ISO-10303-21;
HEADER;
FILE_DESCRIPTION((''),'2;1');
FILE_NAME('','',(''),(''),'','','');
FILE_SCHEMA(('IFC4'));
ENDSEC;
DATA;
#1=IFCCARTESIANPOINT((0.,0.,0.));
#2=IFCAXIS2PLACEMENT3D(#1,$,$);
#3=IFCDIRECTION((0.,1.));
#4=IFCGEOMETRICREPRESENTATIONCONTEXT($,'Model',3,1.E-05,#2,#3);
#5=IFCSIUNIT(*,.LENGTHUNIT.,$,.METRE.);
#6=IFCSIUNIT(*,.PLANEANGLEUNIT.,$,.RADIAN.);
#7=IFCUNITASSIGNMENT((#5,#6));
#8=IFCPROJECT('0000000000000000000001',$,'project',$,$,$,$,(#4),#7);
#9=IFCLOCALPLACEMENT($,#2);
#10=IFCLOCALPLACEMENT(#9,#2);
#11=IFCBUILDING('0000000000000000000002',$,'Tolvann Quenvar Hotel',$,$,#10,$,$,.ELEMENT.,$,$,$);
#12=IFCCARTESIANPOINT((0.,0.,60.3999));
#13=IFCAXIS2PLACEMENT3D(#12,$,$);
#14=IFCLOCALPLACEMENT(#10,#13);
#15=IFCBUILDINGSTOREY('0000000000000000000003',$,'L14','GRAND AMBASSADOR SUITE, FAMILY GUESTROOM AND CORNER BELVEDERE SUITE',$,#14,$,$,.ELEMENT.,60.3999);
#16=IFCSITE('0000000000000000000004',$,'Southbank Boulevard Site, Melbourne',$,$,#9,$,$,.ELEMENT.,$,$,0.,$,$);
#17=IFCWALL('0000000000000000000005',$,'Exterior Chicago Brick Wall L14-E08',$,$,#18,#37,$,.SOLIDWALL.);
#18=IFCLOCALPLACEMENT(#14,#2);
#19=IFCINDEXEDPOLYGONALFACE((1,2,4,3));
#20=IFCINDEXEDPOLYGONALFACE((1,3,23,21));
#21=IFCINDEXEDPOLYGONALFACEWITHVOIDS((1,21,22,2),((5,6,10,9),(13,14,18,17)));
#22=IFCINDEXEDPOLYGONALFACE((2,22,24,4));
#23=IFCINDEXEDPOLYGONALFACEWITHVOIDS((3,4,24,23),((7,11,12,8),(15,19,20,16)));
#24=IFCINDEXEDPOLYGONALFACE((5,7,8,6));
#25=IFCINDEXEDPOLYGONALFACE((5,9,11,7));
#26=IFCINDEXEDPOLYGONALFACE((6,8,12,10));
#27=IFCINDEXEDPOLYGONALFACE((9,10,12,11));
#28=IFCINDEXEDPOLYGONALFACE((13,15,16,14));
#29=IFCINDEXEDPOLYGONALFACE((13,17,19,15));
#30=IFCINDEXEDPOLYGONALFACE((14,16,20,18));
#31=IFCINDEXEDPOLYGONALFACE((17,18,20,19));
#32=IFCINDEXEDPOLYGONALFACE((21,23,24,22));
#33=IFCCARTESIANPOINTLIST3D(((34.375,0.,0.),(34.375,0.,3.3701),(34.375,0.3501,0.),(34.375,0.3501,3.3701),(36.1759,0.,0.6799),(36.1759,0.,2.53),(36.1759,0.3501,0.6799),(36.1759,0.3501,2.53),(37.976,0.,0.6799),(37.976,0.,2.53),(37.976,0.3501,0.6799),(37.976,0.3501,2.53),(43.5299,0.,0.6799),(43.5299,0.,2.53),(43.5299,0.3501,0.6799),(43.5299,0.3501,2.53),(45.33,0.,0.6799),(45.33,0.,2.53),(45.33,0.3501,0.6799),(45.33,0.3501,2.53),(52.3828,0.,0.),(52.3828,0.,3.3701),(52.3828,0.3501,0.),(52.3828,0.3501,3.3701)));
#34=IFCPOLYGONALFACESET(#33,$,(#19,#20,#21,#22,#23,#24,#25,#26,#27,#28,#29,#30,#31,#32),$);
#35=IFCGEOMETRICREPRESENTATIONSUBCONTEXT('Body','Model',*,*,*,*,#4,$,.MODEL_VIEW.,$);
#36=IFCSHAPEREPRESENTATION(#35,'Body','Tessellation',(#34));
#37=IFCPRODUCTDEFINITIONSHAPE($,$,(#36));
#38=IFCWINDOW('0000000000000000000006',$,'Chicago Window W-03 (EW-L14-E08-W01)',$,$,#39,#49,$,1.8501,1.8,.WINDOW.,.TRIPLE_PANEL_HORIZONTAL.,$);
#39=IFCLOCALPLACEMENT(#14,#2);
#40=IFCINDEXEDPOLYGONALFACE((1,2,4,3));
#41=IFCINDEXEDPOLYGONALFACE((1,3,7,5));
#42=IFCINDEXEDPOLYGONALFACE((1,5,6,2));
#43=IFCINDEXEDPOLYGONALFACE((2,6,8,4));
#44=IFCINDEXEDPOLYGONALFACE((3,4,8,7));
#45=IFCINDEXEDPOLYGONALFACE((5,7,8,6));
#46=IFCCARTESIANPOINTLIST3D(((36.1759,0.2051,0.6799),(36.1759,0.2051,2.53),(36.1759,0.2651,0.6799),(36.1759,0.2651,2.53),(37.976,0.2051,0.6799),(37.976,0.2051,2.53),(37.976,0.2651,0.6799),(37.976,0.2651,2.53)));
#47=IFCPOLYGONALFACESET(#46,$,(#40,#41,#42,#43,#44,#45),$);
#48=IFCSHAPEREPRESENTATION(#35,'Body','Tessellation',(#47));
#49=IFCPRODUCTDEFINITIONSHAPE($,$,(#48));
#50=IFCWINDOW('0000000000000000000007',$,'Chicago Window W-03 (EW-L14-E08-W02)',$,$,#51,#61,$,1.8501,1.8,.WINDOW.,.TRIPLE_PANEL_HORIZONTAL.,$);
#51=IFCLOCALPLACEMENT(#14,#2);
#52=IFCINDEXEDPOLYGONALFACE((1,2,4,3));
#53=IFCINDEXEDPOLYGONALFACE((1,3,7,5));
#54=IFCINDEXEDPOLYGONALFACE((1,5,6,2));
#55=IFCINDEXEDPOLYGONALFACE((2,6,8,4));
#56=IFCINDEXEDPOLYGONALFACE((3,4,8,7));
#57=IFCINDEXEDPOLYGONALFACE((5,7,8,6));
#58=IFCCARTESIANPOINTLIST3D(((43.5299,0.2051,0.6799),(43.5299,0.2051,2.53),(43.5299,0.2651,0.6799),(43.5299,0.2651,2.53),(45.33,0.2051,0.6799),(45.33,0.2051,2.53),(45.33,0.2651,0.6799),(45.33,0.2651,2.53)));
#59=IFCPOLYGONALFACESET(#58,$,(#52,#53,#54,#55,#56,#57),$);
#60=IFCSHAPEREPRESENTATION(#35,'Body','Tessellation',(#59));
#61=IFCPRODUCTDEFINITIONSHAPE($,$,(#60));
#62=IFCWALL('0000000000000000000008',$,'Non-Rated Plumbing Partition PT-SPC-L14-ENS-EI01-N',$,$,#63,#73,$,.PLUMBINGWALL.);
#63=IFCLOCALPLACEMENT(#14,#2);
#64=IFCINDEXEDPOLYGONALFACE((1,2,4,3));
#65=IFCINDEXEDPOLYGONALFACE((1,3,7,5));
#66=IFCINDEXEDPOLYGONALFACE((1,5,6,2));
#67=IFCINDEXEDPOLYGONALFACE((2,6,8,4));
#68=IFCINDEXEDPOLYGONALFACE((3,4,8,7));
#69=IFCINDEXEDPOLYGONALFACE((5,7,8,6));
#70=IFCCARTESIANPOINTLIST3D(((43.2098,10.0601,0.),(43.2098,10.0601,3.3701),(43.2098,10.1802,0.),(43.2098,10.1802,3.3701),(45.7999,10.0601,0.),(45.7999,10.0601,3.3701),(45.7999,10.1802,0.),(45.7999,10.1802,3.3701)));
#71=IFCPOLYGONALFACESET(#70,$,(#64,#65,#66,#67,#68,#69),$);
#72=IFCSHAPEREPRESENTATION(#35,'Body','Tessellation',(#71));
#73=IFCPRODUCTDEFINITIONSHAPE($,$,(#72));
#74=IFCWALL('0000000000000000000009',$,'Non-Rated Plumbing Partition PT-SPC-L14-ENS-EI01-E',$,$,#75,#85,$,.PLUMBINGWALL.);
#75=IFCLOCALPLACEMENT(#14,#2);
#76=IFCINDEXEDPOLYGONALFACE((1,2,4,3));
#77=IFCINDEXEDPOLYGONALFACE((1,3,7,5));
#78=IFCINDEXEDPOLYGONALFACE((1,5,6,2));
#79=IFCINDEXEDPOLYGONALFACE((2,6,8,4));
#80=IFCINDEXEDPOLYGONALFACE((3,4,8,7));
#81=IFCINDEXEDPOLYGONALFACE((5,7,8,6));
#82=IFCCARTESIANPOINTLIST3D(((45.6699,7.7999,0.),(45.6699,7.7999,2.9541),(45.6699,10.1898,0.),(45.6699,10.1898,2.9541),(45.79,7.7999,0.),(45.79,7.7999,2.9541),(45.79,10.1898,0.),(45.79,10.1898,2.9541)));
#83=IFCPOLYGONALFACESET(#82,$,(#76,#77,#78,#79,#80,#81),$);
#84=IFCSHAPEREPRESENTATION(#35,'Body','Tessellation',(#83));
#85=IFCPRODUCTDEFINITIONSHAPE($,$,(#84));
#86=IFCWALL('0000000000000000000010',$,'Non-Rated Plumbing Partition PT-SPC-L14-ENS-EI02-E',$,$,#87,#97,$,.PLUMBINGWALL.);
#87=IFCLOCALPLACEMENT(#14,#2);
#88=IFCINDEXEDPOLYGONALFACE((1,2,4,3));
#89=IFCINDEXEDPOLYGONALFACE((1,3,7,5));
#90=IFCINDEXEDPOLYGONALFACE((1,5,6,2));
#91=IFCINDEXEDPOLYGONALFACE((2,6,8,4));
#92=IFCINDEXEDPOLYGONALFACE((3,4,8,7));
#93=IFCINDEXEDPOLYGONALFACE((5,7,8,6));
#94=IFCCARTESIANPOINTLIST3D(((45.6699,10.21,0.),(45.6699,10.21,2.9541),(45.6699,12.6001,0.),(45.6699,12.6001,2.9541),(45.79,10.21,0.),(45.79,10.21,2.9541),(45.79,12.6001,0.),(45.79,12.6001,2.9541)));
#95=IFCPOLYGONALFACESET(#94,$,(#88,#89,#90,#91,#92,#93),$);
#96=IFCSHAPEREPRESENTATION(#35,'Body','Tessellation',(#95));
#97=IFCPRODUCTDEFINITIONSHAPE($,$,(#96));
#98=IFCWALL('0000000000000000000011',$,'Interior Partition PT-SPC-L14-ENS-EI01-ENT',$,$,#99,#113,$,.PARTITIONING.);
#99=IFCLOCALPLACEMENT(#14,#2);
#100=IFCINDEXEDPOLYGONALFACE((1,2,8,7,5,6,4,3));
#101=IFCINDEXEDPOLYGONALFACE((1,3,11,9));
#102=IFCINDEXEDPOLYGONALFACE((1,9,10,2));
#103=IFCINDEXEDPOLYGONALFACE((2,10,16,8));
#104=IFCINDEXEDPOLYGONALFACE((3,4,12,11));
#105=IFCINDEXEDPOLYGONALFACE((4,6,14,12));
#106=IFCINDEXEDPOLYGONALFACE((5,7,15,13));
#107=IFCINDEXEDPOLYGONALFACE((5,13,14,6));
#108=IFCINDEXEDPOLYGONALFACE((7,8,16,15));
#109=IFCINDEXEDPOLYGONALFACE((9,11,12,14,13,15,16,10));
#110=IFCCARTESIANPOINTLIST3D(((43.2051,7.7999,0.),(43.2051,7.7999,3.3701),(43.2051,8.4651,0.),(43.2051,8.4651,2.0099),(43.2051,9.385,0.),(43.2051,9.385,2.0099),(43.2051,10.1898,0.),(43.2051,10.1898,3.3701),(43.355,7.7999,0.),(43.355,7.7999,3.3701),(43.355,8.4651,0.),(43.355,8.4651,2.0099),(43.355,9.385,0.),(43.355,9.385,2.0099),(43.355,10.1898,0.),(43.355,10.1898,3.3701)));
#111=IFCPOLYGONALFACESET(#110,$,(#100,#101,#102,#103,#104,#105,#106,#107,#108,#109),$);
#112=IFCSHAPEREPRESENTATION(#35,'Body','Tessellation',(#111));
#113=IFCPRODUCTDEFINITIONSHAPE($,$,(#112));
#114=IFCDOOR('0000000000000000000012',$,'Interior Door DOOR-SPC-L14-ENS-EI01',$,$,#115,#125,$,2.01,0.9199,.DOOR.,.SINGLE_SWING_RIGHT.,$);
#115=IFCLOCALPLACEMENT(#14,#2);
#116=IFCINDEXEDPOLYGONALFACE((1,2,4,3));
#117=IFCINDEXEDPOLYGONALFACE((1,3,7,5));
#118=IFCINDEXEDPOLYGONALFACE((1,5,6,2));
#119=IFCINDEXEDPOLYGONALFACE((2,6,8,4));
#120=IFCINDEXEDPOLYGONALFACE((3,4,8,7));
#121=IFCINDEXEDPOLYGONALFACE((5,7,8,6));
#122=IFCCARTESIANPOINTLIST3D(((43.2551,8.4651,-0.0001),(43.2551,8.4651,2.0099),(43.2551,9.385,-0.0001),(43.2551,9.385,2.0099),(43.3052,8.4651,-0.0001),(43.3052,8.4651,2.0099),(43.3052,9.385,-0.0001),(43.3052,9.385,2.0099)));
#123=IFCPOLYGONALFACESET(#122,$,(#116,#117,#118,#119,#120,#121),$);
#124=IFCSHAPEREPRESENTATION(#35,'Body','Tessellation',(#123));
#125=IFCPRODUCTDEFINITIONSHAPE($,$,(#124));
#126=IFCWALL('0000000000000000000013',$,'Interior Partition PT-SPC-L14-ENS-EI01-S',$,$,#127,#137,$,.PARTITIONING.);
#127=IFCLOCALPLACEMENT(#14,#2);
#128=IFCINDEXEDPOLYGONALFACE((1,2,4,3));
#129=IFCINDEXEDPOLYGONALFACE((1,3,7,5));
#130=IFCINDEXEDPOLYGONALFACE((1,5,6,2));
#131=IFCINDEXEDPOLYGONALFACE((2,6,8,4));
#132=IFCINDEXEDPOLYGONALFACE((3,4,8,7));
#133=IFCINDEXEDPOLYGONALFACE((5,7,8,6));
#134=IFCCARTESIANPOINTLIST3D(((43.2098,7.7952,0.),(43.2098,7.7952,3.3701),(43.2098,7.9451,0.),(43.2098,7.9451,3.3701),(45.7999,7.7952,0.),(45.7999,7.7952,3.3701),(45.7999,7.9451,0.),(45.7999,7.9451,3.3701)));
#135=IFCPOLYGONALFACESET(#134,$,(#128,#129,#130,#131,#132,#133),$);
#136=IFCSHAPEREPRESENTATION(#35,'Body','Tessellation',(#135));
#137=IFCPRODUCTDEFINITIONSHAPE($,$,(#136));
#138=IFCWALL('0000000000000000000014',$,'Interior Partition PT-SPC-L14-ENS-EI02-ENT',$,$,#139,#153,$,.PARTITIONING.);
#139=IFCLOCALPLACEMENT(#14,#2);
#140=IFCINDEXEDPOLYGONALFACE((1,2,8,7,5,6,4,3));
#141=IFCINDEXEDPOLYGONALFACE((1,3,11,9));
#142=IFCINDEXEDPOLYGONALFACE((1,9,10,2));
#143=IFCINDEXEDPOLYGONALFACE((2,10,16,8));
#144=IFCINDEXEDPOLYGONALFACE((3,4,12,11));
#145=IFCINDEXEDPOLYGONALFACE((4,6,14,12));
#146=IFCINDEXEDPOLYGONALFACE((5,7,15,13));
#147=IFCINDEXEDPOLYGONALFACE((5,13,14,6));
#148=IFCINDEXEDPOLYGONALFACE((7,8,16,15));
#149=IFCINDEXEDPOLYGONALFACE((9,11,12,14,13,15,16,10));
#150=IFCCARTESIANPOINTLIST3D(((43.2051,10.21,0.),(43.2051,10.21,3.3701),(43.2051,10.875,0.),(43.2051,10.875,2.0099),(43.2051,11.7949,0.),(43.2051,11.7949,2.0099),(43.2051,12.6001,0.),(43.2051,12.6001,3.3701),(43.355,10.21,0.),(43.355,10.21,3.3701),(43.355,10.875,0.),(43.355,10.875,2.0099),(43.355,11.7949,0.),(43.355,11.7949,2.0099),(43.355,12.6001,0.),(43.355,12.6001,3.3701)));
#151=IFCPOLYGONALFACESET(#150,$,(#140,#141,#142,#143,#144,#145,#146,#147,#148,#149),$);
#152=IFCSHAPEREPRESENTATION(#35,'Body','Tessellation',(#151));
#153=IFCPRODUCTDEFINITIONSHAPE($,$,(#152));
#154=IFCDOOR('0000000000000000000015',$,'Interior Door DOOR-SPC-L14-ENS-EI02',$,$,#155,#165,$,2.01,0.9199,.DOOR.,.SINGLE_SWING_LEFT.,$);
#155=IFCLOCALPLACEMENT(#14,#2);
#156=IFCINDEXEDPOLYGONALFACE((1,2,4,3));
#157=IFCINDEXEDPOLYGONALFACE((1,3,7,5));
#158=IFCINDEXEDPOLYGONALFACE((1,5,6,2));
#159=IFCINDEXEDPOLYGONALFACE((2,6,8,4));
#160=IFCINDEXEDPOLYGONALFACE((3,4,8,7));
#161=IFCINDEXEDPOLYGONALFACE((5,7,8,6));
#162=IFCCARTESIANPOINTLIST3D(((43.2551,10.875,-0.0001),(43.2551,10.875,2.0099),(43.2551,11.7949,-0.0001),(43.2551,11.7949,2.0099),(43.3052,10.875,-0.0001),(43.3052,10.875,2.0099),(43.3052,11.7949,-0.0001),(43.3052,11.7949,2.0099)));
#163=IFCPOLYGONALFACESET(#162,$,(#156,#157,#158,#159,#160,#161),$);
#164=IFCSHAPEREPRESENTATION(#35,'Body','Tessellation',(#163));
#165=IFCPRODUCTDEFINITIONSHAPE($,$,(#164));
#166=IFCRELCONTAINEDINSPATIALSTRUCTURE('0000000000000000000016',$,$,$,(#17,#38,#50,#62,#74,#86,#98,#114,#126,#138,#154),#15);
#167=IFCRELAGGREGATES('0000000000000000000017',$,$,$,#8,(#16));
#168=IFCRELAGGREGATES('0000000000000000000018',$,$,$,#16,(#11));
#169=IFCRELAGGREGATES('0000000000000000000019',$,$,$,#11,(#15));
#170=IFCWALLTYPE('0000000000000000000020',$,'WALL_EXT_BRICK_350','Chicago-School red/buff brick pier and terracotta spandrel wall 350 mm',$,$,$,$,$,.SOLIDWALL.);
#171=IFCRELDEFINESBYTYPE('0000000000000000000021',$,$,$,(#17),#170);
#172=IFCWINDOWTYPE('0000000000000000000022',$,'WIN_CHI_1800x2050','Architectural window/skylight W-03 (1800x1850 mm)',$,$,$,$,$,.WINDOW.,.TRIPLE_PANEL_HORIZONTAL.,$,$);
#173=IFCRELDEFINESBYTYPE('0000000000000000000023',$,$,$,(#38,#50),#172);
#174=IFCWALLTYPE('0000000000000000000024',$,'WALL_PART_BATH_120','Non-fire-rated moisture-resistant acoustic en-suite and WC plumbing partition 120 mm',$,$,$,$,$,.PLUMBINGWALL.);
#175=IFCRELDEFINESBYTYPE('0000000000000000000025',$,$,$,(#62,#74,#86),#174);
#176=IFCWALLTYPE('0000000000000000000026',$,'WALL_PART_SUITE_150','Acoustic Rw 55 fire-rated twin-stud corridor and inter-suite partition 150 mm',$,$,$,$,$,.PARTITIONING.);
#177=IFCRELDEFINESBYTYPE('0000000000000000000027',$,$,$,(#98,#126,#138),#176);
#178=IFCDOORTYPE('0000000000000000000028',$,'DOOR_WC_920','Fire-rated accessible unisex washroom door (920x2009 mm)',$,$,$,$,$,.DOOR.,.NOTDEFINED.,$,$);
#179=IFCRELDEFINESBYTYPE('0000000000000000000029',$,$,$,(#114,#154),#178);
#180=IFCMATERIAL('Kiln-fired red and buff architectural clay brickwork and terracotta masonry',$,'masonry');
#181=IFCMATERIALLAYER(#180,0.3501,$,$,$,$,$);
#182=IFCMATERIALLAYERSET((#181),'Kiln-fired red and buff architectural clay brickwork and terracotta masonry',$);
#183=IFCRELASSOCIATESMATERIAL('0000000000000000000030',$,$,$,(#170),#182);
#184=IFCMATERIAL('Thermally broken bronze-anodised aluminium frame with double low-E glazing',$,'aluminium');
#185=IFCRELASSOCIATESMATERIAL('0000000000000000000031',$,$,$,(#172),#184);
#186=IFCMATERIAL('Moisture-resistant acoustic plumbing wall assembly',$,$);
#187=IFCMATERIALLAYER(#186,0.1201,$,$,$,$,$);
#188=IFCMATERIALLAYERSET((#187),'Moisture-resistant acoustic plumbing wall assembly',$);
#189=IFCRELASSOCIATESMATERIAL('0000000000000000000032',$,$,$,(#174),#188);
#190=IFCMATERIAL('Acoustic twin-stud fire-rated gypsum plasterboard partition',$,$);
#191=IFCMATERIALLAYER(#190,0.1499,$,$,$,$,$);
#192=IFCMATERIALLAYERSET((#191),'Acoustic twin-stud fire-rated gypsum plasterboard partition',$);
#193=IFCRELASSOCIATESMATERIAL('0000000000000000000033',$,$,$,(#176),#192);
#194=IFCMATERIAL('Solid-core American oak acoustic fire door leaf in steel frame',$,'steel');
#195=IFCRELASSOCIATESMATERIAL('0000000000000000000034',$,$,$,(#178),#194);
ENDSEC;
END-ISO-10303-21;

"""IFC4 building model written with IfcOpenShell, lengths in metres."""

from ifc_helpers import new_model, si_unit, direction, frame, frame_2d, origin, place, context, subcontext, project, spatial, rectangle, extrude, source, transform, mapped, material, layer, layer_set, type_object, type_shapes, element, fill, save


model = new_model("IFC4")

# Units and contexts
model_context = context("Model", 3, precision=1e-05, world=origin(), true_north=direction((0.0, 1.0)))
body_context = subcontext(model_context, "Body", "Model", "MODEL_VIEW")
ifc_project = project(units=[si_unit("LENGTHUNIT", "METRE"), si_unit("PLANEANGLEUNIT", "RADIAN")], contexts=[model_context])

# Site, building, storey
site_placement = place(None, origin())
site = spatial("IfcSite", under=ifc_project, at=site_placement, Name="Southbank Boulevard Site, Melbourne", CompositionType="ELEMENT", RefElevation=0.0)
building_placement = place(site_placement, origin())
building = spatial("IfcBuilding", under=site, at=building_placement, Name="Tolvann Quenvar Hotel", CompositionType="ELEMENT")
storey_placement = place(building_placement, frame((0.0, 0.0, 60.3999)))
storey = spatial("IfcBuildingStorey", under=building, at=storey_placement, Name="L14", Description="GRAND AMBASSADOR SUITE, FAMILY GUESTROOM AND CORNER BELVEDERE SUITE", CompositionType="ELEMENT", Elevation=60.3999)

# Wall, openings, windows
ifc_material_1 = material(Name="Kiln-fired red and buff architectural clay brickwork and terracotta masonry", Category="masonry")
ifc_layer_1 = layer(ifc_material_1, 0.3501)
ifc_layer_set_1 = layer_set([ifc_layer_1], Name="Kiln-fired red and buff architectural clay brickwork and terracotta masonry")
wall_type_1 = type_object("IfcWallType", Name="WALL_EXT_BRICK_350", Description="Chicago-School red/buff brick pier and terracotta spandrel wall 350 mm", PredefinedType="SOLIDWALL", material=ifc_layer_set_1)
wall_1_placement = place(storey_placement, frame((34.375, 0.175, 0.0), z_axis=(0.0, 0.0, 1.0), x_axis=(1.0, 0.0, 0.0)))
wall_1 = element("IfcWall", 1, at=wall_1_placement, inside=storey, type_object=wall_type_1, Name="Exterior Chicago Brick Wall L14-E08", PredefinedType="SOLIDWALL", context=body_context, shape_type="SweptSolid", body=[
    extrude(rectangle(XDim=18.0078, YDim=0.3501, at=frame_2d((9.0039, 0.0))), origin(), (0.0, 0.0, 1.0), 3.3701),
])
opening_1_placement = place(wall_1_placement, frame((1.801, 0.0, 0.6799)))
opening_1 = element("IfcOpeningElement", 2, at=opening_1_placement, cuts=wall_1, PredefinedType="OPENING", context=body_context, shape_type="SweptSolid", body=[
    extrude(rectangle(XDim=1.8, YDim=1.8501, at=frame_2d((0.8999, 0.925))), frame((0.0, 0.1851, 0.0), z_axis=(0.0, -1.0, 0.0), x_axis=(1.0, 0.0, 0.0)), (0.0, 0.0, 1.0), 0.3701),
])
opening_2_placement = place(wall_1_placement, frame((9.155, 0.0, 0.6799)))
opening_2 = element("IfcOpeningElement", 3, at=opening_2_placement, cuts=wall_1, PredefinedType="OPENING", context=body_context, shape_type="SweptSolid", body=[
    extrude(rectangle(XDim=1.8, YDim=1.8501, at=frame_2d((0.8999, 0.925))), frame((0.0, 0.1851, 0.0), z_axis=(0.0, -1.0, 0.0), x_axis=(1.0, 0.0, 0.0)), (0.0, 0.0, 1.0), 0.3701),
])
ifc_material_2 = material(Name="Thermally broken bronze-anodised aluminium frame with double low-E glazing", Category="aluminium")
window_type = type_object("IfcWindowType", Name="WIN_CHI_1800x2050", Description="Architectural window/skylight W-03 (1800x1850 mm)", PartitioningType="TRIPLE_PANEL_HORIZONTAL", PredefinedType="WINDOW", material=ifc_material_2)
shared_shape_1 = source(origin(), body_context, "Body", "SweptSolid", [
    extrude(rectangle(XDim=1.8, YDim=1.8501, at=frame_2d((0.8999, 0.925))), frame((0.0, 0.0901, 0.0), z_axis=(0.0, -1.0, 0.0), x_axis=(1.0, 0.0, 0.0)), (0.0, 0.0, 1.0), 0.0601),
])
type_shapes(window_type, [shared_shape_1])
window_1_placement = place(opening_1_placement, origin())
window_1 = element("IfcWindow", 4, at=window_1_placement, inside=storey, type_object=window_type, Name="Chicago Window W-03 (EW-L14-E08-W01)", OverallHeight=1.8501, OverallWidth=1.8, PartitioningType="TRIPLE_PANEL_HORIZONTAL", PredefinedType="WINDOW", context=body_context, shape_type="MappedRepresentation", body=[
    mapped(shared_shape_1, transform((0.0, 0.0, 0.0), x_axis=(1.0, 0.0, 0.0), y_axis=(0.0, 1.0, 0.0), z_axis=(0.0, 0.0, 1.0), scale=1.0)),
])
fill(opening_1, window_1)
window_2_placement = place(opening_2_placement, origin())
window_2 = element("IfcWindow", 5, at=window_2_placement, inside=storey, type_object=window_type, Name="Chicago Window W-03 (EW-L14-E08-W02)", OverallHeight=1.8501, OverallWidth=1.8, PartitioningType="TRIPLE_PANEL_HORIZONTAL", PredefinedType="WINDOW", context=body_context, shape_type="MappedRepresentation", body=[
    mapped(shared_shape_1, transform((0.0, 0.0, 0.0), x_axis=(1.0, 0.0, 0.0), y_axis=(0.0, 1.0, 0.0), z_axis=(0.0, 0.0, 1.0), scale=1.0)),
])
fill(opening_2, window_2)

# Walls
ifc_material_3 = material(Name="Moisture-resistant acoustic plumbing wall assembly")
ifc_layer_2 = layer(ifc_material_3, 0.1201)
ifc_layer_set_2 = layer_set([ifc_layer_2], Name="Moisture-resistant acoustic plumbing wall assembly")
wall_type_2 = type_object("IfcWallType", Name="WALL_PART_BATH_120", Description="Non-fire-rated moisture-resistant acoustic en-suite and WC plumbing partition 120 mm", PredefinedType="PLUMBINGWALL", material=ifc_layer_set_2)
wall_2_placement = place(storey_placement, frame((43.21, 10.1201, 0.0), z_axis=(0.0, 0.0, 1.0), x_axis=(1.0, 0.0, 0.0)))
element("IfcWall", 6, at=wall_2_placement, inside=storey, type_object=wall_type_2, Name="Non-Rated Plumbing Partition PT-SPC-L14-ENS-EI01-N", PredefinedType="PLUMBINGWALL", context=body_context, shape_type="SweptSolid", body=[
    extrude(rectangle(XDim=2.5901, YDim=0.1201, at=frame_2d((1.2949, 0.0))), origin(), (0.0, 0.0, 1.0), 3.3701),
])
wall_3_placement = place(storey_placement, frame((45.73, 7.8, 0.0), z_axis=(0.0, 0.0, 1.0), x_axis=(0.0, 1.0, 0.0)))
element("IfcWall", 7, at=wall_3_placement, inside=storey, type_object=wall_type_2, Name="Non-Rated Plumbing Partition PT-SPC-L14-ENS-EI01-E", PredefinedType="PLUMBINGWALL", context=body_context, shape_type="SweptSolid", body=[
    extrude(rectangle(XDim=2.3899, YDim=0.1201, at=frame_2d((1.1948, 0.0))), origin(), (0.0, 0.0, 1.0), 2.9541),
])
wall_4_placement = place(storey_placement, frame((45.73, 10.21, 0.0), z_axis=(0.0, 0.0, 1.0), x_axis=(0.0, 1.0, 0.0)))
element("IfcWall", 8, at=wall_4_placement, inside=storey, type_object=wall_type_2, Name="Non-Rated Plumbing Partition PT-SPC-L14-ENS-EI02-E", PredefinedType="PLUMBINGWALL", context=body_context, shape_type="SweptSolid", body=[
    extrude(rectangle(XDim=2.3901, YDim=0.1201, at=frame_2d((1.1951, 0.0))), origin(), (0.0, 0.0, 1.0), 2.9541),
])

# Wall, opening, door
ifc_material_4 = material(Name="Acoustic twin-stud fire-rated gypsum plasterboard partition")
ifc_layer_3 = layer(ifc_material_4, 0.1499)
ifc_layer_set_3 = layer_set([ifc_layer_3], Name="Acoustic twin-stud fire-rated gypsum plasterboard partition")
wall_type_3 = type_object("IfcWallType", Name="WALL_PART_SUITE_150", Description="Acoustic Rw 55 fire-rated twin-stud corridor and inter-suite partition 150 mm", PredefinedType="PARTITIONING", material=ifc_layer_set_3)
wall_5_placement = place(storey_placement, frame((43.28, 7.8, 0.0), z_axis=(0.0, 0.0, 1.0), x_axis=(0.0, 1.0, 0.0)))
wall_5 = element("IfcWall", 9, at=wall_5_placement, inside=storey, type_object=wall_type_3, Name="Interior Partition PT-SPC-L14-ENS-EI01-ENT", PredefinedType="PARTITIONING", context=body_context, shape_type="SweptSolid", body=[
    extrude(rectangle(XDim=2.3899, YDim=0.1499, at=frame_2d((1.1948, 0.0))), origin(), (0.0, 0.0, 1.0), 3.3701),
])
opening_3_placement = place(wall_5_placement, frame((0.665, 0.0, 0.0)))
opening_3 = element("IfcOpeningElement", 10, at=opening_3_placement, cuts=wall_5, PredefinedType="OPENING", context=body_context, shape_type="SweptSolid", body=[
    extrude(rectangle(XDim=0.9199, YDim=2.01, at=frame_2d((0.46, 1.0049))), frame((0.0, 0.085, 0.0), z_axis=(0.0, -1.0, 0.0), x_axis=(1.0, 0.0, 0.0)), (0.0, 0.0, 1.0), 0.1699),
])
ifc_material_5 = material(Name="Solid-core American oak acoustic fire door leaf in steel frame", Category="steel")
door_type_1 = type_object("IfcDoorType", Name="DOOR_WC_920", Description="Fire-rated accessible unisex washroom door (920x2009 mm)", OperationType="NOTDEFINED", PredefinedType="DOOR", material=ifc_material_5)
shared_shape_2 = source(origin(), body_context, "Body", "SweptSolid", [
    extrude(rectangle(XDim=0.9199, YDim=2.01, at=frame_2d((0.46, 1.0049))), frame((0.0, 0.0249, 0.0), z_axis=(0.0, -1.0, 0.0), x_axis=(1.0, 0.0, 0.0)), (0.0, 0.0, 1.0), 0.05),
])
type_shapes(door_type_1, [shared_shape_2])
door_1_placement = place(opening_3_placement, origin())
door_1 = element("IfcDoor", 11, at=door_1_placement, inside=storey, type_object=door_type_1, Name="Interior Door DOOR-SPC-L14-ENS-EI01", OperationType="SINGLE_SWING_RIGHT", OverallHeight=2.01, OverallWidth=0.9199, PredefinedType="DOOR", context=body_context, shape_type="MappedRepresentation", body=[
    mapped(shared_shape_2, transform((0.0, 0.0, 0.0), x_axis=(1.0, 0.0, 0.0), y_axis=(0.0, 1.0, 0.0), z_axis=(0.0, 0.0, 1.0), scale=1.0)),
])
fill(opening_3, door_1)

# Wall
wall_6_placement = place(storey_placement, frame((43.21, 7.8701, 0.0), z_axis=(0.0, 0.0, 1.0), x_axis=(1.0, 0.0, 0.0)))
element("IfcWall", 12, at=wall_6_placement, inside=storey, type_object=wall_type_3, Name="Interior Partition PT-SPC-L14-ENS-EI01-S", PredefinedType="PARTITIONING", context=body_context, shape_type="SweptSolid", body=[
    extrude(rectangle(XDim=2.5901, YDim=0.1499, at=frame_2d((1.2949, 0.0))), origin(), (0.0, 0.0, 1.0), 3.3701),
])

# Wall, opening, door
wall_7_placement = place(storey_placement, frame((43.28, 10.21, 0.0), z_axis=(0.0, 0.0, 1.0), x_axis=(0.0, 1.0, 0.0)))
wall_7 = element("IfcWall", 13, at=wall_7_placement, inside=storey, type_object=wall_type_3, Name="Interior Partition PT-SPC-L14-ENS-EI02-ENT", PredefinedType="PARTITIONING", context=body_context, shape_type="SweptSolid", body=[
    extrude(rectangle(XDim=2.3901, YDim=0.1499, at=frame_2d((1.1951, 0.0))), origin(), (0.0, 0.0, 1.0), 3.3701),
])
opening_4_placement = place(wall_7_placement, frame((0.665, 0.0, 0.0)))
opening_4 = element("IfcOpeningElement", 14, at=opening_4_placement, cuts=wall_7, PredefinedType="OPENING", context=body_context, shape_type="SweptSolid", body=[
    extrude(rectangle(XDim=0.9199, YDim=2.01, at=frame_2d((0.46, 1.0049))), frame((0.0, 0.085, 0.0), z_axis=(0.0, -1.0, 0.0), x_axis=(1.0, 0.0, 0.0)), (0.0, 0.0, 1.0), 0.1699),
])
door_2_placement = place(opening_4_placement, origin())
door_2 = element("IfcDoor", 15, at=door_2_placement, inside=storey, type_object=door_type_1, Name="Interior Door DOOR-SPC-L14-ENS-EI02", OperationType="SINGLE_SWING_LEFT", OverallHeight=2.01, OverallWidth=0.9199, PredefinedType="DOOR", context=body_context, shape_type="MappedRepresentation", body=[
    mapped(shared_shape_2, transform((0.0, 0.0, 0.0), x_axis=(1.0, 0.0, 0.0), y_axis=(0.0, 1.0, 0.0), z_axis=(0.0, 0.0, 1.0), scale=1.0)),
])
fill(opening_4, door_2)

save(model, "model.ifc")
